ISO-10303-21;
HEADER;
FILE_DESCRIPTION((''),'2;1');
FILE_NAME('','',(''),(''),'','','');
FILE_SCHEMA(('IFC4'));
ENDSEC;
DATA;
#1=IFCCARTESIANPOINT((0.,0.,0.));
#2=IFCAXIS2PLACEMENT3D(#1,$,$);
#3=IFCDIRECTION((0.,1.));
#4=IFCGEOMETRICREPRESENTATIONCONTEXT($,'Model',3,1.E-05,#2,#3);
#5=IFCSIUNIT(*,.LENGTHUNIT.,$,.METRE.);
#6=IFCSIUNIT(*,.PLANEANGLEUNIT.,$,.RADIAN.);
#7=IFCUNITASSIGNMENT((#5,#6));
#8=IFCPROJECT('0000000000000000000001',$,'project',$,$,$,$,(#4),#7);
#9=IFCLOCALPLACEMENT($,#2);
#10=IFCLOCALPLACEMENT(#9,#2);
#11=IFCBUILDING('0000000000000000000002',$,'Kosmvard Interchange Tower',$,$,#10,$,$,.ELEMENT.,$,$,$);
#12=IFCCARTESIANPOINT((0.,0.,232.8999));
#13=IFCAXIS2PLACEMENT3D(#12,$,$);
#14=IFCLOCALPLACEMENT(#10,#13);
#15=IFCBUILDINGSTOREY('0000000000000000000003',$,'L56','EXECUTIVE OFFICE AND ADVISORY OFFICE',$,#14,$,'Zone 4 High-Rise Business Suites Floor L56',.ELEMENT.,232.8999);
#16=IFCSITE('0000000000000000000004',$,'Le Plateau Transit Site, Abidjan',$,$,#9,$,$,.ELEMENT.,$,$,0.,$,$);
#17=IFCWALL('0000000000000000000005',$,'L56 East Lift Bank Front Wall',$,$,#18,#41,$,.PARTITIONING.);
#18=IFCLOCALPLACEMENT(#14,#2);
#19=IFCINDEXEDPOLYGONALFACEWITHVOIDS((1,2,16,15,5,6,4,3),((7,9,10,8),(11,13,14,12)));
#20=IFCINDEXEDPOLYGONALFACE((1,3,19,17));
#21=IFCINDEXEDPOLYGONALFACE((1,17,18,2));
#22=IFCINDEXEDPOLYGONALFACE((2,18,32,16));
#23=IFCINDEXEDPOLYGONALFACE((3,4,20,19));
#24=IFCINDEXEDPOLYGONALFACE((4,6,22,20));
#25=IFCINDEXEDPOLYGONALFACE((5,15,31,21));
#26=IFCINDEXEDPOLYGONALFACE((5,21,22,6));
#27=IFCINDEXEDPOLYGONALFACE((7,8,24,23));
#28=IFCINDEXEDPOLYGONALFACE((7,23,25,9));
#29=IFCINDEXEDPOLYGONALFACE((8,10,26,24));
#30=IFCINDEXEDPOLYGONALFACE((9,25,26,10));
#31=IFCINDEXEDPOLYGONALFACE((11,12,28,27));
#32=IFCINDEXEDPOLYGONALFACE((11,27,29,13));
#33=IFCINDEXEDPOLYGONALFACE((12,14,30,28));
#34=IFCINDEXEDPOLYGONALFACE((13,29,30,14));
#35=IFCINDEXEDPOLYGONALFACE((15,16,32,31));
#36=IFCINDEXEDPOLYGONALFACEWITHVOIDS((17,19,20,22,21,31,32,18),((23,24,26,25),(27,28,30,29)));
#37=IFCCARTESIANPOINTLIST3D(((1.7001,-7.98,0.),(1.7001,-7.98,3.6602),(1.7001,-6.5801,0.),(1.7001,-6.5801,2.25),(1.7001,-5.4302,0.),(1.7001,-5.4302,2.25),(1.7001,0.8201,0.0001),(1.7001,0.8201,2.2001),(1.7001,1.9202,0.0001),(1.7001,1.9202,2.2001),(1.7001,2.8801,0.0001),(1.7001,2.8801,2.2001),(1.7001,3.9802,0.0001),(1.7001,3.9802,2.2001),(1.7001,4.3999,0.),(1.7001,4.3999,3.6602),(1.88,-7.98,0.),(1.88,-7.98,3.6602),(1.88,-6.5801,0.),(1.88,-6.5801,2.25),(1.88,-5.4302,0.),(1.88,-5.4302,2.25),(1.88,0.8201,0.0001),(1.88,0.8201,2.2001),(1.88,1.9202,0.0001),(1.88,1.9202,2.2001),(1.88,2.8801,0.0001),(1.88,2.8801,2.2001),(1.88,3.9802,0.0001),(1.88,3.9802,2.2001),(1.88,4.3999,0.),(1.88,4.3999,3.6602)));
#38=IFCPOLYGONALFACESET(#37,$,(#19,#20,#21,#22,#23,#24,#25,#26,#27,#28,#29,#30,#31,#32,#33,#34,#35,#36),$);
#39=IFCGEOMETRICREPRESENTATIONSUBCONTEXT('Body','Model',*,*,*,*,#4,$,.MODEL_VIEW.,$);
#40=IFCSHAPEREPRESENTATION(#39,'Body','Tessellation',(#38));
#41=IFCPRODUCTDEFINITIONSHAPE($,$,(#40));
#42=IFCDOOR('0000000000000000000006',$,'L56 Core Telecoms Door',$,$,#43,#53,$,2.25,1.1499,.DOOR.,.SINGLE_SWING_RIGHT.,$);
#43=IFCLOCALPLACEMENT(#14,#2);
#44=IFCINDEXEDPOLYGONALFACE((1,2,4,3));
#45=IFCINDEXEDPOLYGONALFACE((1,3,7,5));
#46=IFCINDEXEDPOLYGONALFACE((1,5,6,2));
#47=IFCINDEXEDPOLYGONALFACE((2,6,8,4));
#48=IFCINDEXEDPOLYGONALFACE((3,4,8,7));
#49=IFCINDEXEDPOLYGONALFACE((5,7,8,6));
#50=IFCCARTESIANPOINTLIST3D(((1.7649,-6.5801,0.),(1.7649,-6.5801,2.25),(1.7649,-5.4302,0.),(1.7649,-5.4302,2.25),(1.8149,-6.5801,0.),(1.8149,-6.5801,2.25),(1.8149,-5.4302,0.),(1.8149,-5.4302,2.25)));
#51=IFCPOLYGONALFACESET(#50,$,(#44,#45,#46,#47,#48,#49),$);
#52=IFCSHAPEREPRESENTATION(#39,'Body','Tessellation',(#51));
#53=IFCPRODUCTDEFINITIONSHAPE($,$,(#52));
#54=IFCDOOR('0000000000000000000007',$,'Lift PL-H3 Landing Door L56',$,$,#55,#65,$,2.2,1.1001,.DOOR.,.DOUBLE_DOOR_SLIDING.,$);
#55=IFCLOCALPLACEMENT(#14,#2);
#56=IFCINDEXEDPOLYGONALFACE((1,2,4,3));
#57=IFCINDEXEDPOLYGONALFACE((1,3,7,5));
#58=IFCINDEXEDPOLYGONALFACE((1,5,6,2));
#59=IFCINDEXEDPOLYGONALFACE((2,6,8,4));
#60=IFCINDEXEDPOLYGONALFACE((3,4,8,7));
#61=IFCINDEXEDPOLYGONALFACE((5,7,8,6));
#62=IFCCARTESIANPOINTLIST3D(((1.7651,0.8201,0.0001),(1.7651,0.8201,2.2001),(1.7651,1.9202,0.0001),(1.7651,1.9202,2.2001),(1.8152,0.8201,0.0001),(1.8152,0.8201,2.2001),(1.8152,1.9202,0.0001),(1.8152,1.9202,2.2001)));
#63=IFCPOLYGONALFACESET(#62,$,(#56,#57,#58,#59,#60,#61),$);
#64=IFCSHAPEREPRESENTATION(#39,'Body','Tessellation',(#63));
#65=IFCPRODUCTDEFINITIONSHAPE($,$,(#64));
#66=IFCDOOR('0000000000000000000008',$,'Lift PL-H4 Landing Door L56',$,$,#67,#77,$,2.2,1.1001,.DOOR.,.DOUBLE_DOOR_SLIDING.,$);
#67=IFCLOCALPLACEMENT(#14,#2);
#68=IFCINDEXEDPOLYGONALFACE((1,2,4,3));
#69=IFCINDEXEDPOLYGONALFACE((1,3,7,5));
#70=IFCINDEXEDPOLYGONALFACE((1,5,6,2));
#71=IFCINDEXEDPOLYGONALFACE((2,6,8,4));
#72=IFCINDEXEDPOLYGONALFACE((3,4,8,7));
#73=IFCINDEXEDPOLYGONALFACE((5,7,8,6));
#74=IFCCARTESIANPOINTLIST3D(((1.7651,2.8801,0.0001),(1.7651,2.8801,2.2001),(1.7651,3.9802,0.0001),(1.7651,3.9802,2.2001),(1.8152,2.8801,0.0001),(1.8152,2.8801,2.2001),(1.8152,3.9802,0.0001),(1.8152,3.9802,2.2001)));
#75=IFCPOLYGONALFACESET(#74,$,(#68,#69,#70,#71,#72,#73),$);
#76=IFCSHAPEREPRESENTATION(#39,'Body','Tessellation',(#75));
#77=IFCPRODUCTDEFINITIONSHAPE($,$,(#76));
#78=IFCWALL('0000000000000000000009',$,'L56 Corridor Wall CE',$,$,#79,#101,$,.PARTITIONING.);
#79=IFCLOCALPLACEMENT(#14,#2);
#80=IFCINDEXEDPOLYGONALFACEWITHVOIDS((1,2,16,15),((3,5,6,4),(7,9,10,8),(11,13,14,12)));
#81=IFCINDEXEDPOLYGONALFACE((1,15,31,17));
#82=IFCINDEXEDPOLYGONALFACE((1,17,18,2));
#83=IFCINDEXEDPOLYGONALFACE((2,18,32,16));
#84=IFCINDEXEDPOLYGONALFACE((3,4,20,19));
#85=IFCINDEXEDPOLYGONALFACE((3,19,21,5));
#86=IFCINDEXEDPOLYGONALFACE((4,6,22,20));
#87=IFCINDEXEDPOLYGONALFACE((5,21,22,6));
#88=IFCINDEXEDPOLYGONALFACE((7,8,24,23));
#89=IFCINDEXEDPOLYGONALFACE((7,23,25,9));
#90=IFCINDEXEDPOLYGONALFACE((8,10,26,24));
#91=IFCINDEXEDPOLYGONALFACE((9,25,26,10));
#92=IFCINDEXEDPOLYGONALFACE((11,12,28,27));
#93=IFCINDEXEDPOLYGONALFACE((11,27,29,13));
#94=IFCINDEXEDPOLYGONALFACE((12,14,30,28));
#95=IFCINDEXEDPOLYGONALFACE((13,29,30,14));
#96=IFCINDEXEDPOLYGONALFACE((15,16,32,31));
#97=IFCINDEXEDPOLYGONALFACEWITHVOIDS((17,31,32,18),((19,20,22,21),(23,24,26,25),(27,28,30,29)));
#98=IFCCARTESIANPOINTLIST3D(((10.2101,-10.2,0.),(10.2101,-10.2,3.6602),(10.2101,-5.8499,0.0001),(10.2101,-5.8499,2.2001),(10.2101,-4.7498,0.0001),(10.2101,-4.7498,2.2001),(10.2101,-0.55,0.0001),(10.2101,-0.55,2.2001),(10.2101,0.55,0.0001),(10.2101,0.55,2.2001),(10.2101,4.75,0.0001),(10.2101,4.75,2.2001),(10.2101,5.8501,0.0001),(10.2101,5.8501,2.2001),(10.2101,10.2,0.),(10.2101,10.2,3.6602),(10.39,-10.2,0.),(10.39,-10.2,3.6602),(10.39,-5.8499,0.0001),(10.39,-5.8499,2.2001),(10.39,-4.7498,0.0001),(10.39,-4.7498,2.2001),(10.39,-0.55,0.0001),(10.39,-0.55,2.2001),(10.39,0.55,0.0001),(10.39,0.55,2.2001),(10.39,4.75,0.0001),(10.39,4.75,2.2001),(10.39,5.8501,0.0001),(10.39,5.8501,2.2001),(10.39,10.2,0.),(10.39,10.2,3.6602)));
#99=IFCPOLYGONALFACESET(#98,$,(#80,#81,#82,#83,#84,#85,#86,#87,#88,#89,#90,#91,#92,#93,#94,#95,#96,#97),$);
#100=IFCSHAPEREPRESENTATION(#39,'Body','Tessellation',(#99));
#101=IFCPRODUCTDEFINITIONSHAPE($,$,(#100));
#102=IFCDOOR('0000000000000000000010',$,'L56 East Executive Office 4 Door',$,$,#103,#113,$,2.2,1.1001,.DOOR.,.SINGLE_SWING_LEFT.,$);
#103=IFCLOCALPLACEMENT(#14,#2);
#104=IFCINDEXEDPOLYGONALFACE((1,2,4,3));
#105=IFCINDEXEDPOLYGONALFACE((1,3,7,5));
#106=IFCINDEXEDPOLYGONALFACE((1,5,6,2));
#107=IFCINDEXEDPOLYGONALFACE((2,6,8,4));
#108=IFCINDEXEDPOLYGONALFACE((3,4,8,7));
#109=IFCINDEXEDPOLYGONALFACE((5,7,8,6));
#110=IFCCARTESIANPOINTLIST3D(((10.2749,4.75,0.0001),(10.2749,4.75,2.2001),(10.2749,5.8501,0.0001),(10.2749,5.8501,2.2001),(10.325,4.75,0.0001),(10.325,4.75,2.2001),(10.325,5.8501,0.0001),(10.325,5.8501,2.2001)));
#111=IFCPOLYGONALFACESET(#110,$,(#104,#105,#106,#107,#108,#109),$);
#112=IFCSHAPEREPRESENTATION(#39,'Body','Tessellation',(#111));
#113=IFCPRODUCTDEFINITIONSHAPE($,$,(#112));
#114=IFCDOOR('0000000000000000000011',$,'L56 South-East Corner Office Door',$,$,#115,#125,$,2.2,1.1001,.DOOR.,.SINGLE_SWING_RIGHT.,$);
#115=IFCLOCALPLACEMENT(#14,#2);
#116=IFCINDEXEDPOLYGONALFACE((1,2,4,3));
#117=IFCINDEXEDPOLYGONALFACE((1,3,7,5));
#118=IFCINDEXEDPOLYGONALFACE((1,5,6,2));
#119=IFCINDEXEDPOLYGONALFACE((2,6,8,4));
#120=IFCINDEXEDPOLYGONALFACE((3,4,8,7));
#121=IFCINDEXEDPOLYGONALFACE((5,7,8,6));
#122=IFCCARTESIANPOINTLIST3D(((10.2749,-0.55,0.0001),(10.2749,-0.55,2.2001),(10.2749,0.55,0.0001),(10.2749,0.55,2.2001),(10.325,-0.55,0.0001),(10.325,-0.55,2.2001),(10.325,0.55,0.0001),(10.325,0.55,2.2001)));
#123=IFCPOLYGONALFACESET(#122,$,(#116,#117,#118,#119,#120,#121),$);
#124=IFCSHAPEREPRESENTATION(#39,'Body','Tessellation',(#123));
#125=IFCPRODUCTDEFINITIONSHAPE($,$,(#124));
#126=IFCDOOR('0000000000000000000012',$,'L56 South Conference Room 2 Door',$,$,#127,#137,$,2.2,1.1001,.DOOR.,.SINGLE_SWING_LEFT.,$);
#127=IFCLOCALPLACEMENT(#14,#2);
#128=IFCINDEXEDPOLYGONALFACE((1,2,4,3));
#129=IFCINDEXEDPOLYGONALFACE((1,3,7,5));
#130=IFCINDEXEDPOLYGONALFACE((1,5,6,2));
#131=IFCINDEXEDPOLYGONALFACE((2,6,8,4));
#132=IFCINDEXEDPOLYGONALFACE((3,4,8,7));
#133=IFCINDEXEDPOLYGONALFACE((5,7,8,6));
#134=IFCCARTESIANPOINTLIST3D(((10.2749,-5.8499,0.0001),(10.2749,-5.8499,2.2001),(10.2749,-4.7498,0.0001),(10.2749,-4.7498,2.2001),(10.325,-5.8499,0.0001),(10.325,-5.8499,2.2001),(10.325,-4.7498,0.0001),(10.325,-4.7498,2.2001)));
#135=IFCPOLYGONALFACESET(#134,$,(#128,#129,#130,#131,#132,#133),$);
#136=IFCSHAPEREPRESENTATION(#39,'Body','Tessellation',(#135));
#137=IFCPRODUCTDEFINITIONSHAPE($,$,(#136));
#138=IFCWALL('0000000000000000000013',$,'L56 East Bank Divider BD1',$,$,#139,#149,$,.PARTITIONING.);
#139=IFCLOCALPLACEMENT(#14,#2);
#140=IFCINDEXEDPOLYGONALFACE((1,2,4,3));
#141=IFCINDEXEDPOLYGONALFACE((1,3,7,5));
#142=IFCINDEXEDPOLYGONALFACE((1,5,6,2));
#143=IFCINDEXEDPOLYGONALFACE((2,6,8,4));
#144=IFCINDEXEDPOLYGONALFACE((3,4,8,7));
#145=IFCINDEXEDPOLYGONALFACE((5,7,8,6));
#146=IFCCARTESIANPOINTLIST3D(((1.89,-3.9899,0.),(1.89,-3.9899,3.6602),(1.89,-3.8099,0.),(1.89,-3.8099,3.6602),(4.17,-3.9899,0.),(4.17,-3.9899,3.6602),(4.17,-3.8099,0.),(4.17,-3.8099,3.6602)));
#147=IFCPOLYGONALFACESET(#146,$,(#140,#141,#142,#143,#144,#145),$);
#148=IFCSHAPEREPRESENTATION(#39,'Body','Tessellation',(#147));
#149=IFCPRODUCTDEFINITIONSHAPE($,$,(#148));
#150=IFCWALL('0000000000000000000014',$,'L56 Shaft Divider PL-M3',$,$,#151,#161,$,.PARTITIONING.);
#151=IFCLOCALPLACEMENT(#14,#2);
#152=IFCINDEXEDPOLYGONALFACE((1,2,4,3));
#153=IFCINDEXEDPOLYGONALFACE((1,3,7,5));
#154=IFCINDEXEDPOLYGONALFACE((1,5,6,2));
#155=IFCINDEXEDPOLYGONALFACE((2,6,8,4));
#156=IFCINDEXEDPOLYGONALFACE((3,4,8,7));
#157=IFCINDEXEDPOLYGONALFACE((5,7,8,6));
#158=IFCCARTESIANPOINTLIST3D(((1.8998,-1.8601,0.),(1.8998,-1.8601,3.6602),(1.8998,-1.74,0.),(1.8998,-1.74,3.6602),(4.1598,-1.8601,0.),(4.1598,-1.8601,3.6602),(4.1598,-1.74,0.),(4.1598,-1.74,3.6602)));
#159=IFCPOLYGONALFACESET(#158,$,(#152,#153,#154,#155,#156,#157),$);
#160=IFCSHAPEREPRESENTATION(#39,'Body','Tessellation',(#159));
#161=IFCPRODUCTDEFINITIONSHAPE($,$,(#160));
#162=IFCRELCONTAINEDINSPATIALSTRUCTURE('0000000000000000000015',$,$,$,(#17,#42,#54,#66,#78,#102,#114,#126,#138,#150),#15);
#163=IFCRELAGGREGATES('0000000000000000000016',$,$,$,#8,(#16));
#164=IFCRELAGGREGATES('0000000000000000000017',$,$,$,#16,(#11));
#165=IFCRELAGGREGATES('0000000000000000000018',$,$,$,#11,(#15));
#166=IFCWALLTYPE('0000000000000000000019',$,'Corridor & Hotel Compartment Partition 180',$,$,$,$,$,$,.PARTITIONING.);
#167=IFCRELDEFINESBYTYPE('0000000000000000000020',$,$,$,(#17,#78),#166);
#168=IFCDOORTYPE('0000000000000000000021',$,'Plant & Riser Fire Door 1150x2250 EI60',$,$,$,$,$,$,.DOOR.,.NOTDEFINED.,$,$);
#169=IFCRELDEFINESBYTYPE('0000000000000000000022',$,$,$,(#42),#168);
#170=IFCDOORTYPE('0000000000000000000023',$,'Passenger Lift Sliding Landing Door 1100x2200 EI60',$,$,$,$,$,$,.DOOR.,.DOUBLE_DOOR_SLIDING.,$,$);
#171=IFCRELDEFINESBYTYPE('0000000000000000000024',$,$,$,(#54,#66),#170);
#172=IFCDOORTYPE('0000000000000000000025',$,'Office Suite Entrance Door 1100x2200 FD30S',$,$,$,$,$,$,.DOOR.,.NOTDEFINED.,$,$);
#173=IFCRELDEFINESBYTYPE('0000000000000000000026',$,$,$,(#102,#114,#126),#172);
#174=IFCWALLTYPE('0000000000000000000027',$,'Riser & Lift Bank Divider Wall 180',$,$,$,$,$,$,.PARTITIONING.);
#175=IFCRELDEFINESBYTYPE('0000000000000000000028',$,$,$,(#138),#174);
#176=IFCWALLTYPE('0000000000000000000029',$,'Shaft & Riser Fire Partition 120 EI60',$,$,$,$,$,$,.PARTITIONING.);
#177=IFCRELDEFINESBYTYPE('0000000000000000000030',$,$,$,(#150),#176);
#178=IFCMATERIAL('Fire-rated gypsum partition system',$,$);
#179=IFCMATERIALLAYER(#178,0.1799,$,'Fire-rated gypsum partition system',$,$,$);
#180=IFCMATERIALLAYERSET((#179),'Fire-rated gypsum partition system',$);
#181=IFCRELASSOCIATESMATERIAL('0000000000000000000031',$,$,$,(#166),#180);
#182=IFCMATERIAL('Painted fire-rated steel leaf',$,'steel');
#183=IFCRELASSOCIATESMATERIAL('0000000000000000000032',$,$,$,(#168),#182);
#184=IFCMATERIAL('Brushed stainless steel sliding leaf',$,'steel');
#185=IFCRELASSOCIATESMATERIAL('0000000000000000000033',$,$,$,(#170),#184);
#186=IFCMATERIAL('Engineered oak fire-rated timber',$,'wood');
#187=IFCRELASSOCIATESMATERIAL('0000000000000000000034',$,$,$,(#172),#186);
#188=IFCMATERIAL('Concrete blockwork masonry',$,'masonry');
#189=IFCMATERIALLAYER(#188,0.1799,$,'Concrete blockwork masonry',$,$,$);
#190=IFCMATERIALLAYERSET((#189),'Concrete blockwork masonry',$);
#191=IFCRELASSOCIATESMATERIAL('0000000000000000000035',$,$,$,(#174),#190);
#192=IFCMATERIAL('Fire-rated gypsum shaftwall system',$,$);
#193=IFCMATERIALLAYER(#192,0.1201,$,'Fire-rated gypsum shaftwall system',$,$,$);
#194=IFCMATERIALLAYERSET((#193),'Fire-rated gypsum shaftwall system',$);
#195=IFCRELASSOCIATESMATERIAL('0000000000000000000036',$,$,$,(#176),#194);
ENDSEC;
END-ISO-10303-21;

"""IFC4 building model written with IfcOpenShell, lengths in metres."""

from ifc_helpers import new_model, si_unit, direction, frame, frame_2d, origin, place, context, subcontext, project, spatial, rectangle, extrude, source, transform, mapped, material, layer, layer_set, type_object, element, fill, save


model = new_model("IFC4")

# Units and contexts
model_context = context("Model", 3, precision=1e-05, world=origin(), true_north=direction((0.0, 1.0)))
body_context = subcontext(model_context, "Body", "Model", "MODEL_VIEW")
ifc_project = project(units=[si_unit("LENGTHUNIT", "METRE"), si_unit("PLANEANGLEUNIT", "RADIAN")], contexts=[model_context])

# Site, building, storey
site_placement = place(None, origin())
site = spatial("IfcSite", under=ifc_project, at=site_placement, Name="Le Plateau Transit Site, Abidjan", CompositionType="ELEMENT", RefElevation=0.0)
building_placement = place(site_placement, origin())
building = spatial("IfcBuilding", under=site, at=building_placement, Name="Kosmvard Interchange Tower", CompositionType="ELEMENT")
storey_placement = place(building_placement, frame((0.0, 0.0, 232.8999)))
storey = spatial("IfcBuildingStorey", under=building, at=storey_placement, Name="L56", Description="EXECUTIVE OFFICE AND ADVISORY OFFICE", LongName="Zone 4 High-Rise Business Suites Floor L56", CompositionType="ELEMENT", Elevation=232.8999)

# Walls, openings, doors
ifc_material_1 = material(Name="Fire-rated gypsum partition system")
ifc_layer_1 = layer(ifc_material_1, 0.1799, Name="Fire-rated gypsum partition system")
ifc_layer_set_1 = layer_set([ifc_layer_1], Name="Fire-rated gypsum partition system")
wall_type_1 = type_object("IfcWallType", Name="Corridor & Hotel Compartment Partition 180", PredefinedType="PARTITIONING", material=ifc_layer_set_1)
wall_1_placement = place(storey_placement, frame((1.79, -7.98, 0.0), z_axis=(0.0, 0.0, 1.0), x_axis=(0.0, 1.0, 0.0)))
wall_1 = element("IfcWall", 1, at=wall_1_placement, inside=storey, type_object=wall_type_1, Name="L56 East Lift Bank Front Wall", PredefinedType="PARTITIONING", context=body_context, shape_type="SweptSolid", body=[
    extrude(rectangle(XDim=12.3799, YDim=0.1799, at=frame_2d((6.1899, 0.0))), origin(), (0.0, 0.0, 1.0), 3.6602),
])
opening_1_placement = place(wall_1_placement, frame((8.8, 0.0, 0.0)))
opening_1 = element("IfcOpeningElement", 2, at=opening_1_placement, cuts=wall_1, PredefinedType="OPENING", context=body_context, shape_type="SweptSolid", body=[
    extrude(rectangle(XDim=1.1001, YDim=2.2, at=frame_2d((0.55, 1.1001))), frame((0.0, 0.1001, 0.0), z_axis=(0.0, -1.0, 0.0), x_axis=(1.0, 0.0, 0.0)), (0.0, 0.0, 1.0), 0.2),
])
opening_2_placement = place(wall_1_placement, frame((10.8601, 0.0, 0.0)))
opening_2 = element("IfcOpeningElement", 3, at=opening_2_placement, cuts=wall_1, PredefinedType="OPENING", context=body_context, shape_type="SweptSolid", body=[
    extrude(rectangle(XDim=1.1001, YDim=2.2, at=frame_2d((0.55, 1.1001))), frame((0.0, 0.1001, 0.0), z_axis=(0.0, -1.0, 0.0), x_axis=(1.0, 0.0, 0.0)), (0.0, 0.0, 1.0), 0.2),
])
opening_3_placement = place(wall_1_placement, frame((1.3999, 0.0, 0.0)))
opening_3 = element("IfcOpeningElement", 4, at=opening_3_placement, cuts=wall_1, PredefinedType="OPENING", context=body_context, shape_type="SweptSolid", body=[
    extrude(rectangle(XDim=1.1499, YDim=2.25, at=frame_2d((0.575, 1.125))), frame((0.0, 0.1001, 0.0), z_axis=(0.0, -1.0, 0.0), x_axis=(1.0, 0.0, 0.0)), (0.0, 0.0, 1.0), 0.2),
])
ifc_material_2 = material(Name="Painted fire-rated steel leaf", Category="steel")
door_type_1 = type_object("IfcDoorType", Name="Plant & Riser Fire Door 1150x2250 EI60", OperationType="NOTDEFINED", PredefinedType="DOOR", material=ifc_material_2)
shared_shape_1 = source(origin(), body_context, "Body", "SweptSolid", [
    extrude(rectangle(XDim=1.1499, YDim=2.25, at=frame_2d((0.575, 1.125))), frame((0.0, 0.0249, 0.0), z_axis=(0.0, -1.0, 0.0), x_axis=(1.0, 0.0, 0.0)), (0.0, 0.0, 1.0), 0.05),
])
door_1_placement = place(opening_3_placement, frame((1.1499, 0.0, 0.0), z_axis=(0.0, 0.0, 1.0), x_axis=(-1.0, 0.0, 0.0)))
door_1 = element("IfcDoor", 5, at=door_1_placement, inside=storey, type_object=door_type_1, Name="L56 Core Telecoms Door", OperationType="SINGLE_SWING_RIGHT", OverallHeight=2.25, OverallWidth=1.1499, PredefinedType="DOOR", context=body_context, shape_type="MappedRepresentation", body=[
    mapped(shared_shape_1, transform((0.0, 0.0, 0.0), scale=1.0)),
])
fill(opening_3, door_1)
ifc_material_3 = material(Name="Brushed stainless steel sliding leaf", Category="steel")
door_type_2 = type_object("IfcDoorType", Name="Passenger Lift Sliding Landing Door 1100x2200 EI60", OperationType="DOUBLE_DOOR_SLIDING", PredefinedType="DOOR", material=ifc_material_3)
shared_shape_2 = source(origin(), body_context, "Body", "SweptSolid", [
    extrude(rectangle(XDim=1.1001, YDim=2.2, at=frame_2d((0.55, 1.1001))), frame((0.0, 0.0249, 0.0), z_axis=(0.0, -1.0, 0.0), x_axis=(1.0, 0.0, 0.0)), (0.0, 0.0, 1.0), 0.05),
])
door_2_placement = place(opening_1_placement, origin())
door_2 = element("IfcDoor", 6, at=door_2_placement, inside=storey, type_object=door_type_2, Name="Lift PL-H3 Landing Door L56", OperationType="DOUBLE_DOOR_SLIDING", OverallHeight=2.2, OverallWidth=1.1001, PredefinedType="DOOR", context=body_context, shape_type="MappedRepresentation", body=[
    mapped(shared_shape_2, transform((0.0, 0.0, 0.0), scale=1.0)),
])
fill(opening_1, door_2)
door_3_placement = place(opening_2_placement, origin())
door_3 = element("IfcDoor", 7, at=door_3_placement, inside=storey, type_object=door_type_2, Name="Lift PL-H4 Landing Door L56", OperationType="DOUBLE_DOOR_SLIDING", OverallHeight=2.2, OverallWidth=1.1001, PredefinedType="DOOR", context=body_context, shape_type="MappedRepresentation", body=[
    mapped(shared_shape_2, transform((0.0, 0.0, 0.0), scale=1.0)),
])
fill(opening_2, door_3)
wall_2_placement = place(storey_placement, frame((10.3, -10.2, 0.0), z_axis=(0.0, 0.0, 1.0), x_axis=(0.0, 1.0, 0.0)))
wall_2 = element("IfcWall", 8, at=wall_2_placement, inside=storey, type_object=wall_type_1, Name="L56 Corridor Wall CE", PredefinedType="PARTITIONING", context=body_context, shape_type="SweptSolid", body=[
    extrude(rectangle(XDim=20.3999, YDim=0.1799, at=frame_2d((10.2, 0.0))), origin(), (0.0, 0.0, 1.0), 3.6602),
])
opening_4_placement = place(wall_2_placement, frame((14.95, 0.0, 0.0)))
opening_4 = element("IfcOpeningElement", 9, at=opening_4_placement, cuts=wall_2, PredefinedType="OPENING", context=body_context, shape_type="SweptSolid", body=[
    extrude(rectangle(XDim=1.1001, YDim=2.2, at=frame_2d((0.55, 1.1001))), frame((0.0, 0.1001, 0.0), z_axis=(0.0, -1.0, 0.0), x_axis=(1.0, 0.0, 0.0)), (0.0, 0.0, 1.0), 0.2),
])
opening_5_placement = place(wall_2_placement, frame((9.6499, 0.0, 0.0)))
opening_5 = element("IfcOpeningElement", 10, at=opening_5_placement, cuts=wall_2, PredefinedType="OPENING", context=body_context, shape_type="SweptSolid", body=[
    extrude(rectangle(XDim=1.1001, YDim=2.2, at=frame_2d((0.55, 1.1001))), frame((0.0, 0.1001, 0.0), z_axis=(0.0, -1.0, 0.0), x_axis=(1.0, 0.0, 0.0)), (0.0, 0.0, 1.0), 0.2),
])
opening_6_placement = place(wall_2_placement, frame((4.3501, 0.0, 0.0)))
opening_6 = element("IfcOpeningElement", 11, at=opening_6_placement, cuts=wall_2, PredefinedType="OPENING", context=body_context, shape_type="SweptSolid", body=[
    extrude(rectangle(XDim=1.1001, YDim=2.2, at=frame_2d((0.55, 1.1001))), frame((0.0, 0.1001, 0.0), z_axis=(0.0, -1.0, 0.0), x_axis=(1.0, 0.0, 0.0)), (0.0, 0.0, 1.0), 0.2),
])
ifc_material_4 = material(Name="Engineered oak fire-rated timber", Category="wood")
door_type_3 = type_object("IfcDoorType", Name="Office Suite Entrance Door 1100x2200 FD30S", OperationType="NOTDEFINED", PredefinedType="DOOR", material=ifc_material_4)
door_4_placement = place(opening_4_placement, frame((1.1001, 0.0, 0.0), z_axis=(0.0, 0.0, 1.0), x_axis=(-1.0, 0.0, 0.0)))
door_4 = element("IfcDoor", 12, at=door_4_placement, inside=storey, type_object=door_type_3, Name="L56 East Executive Office 4 Door", OperationType="SINGLE_SWING_LEFT", OverallHeight=2.2, OverallWidth=1.1001, PredefinedType="DOOR", context=body_context, shape_type="MappedRepresentation", body=[
    mapped(shared_shape_2, transform((0.0, 0.0, 0.0), scale=1.0)),
])
fill(opening_4, door_4)
door_5_placement = place(opening_5_placement, frame((1.1001, 0.0, 0.0), z_axis=(0.0, 0.0, 1.0), x_axis=(-1.0, 0.0, 0.0)))
door_5 = element("IfcDoor", 13, at=door_5_placement, inside=storey, type_object=door_type_3, Name="L56 South-East Corner Office Door", OperationType="SINGLE_SWING_RIGHT", OverallHeight=2.2, OverallWidth=1.1001, PredefinedType="DOOR", context=body_context, shape_type="MappedRepresentation", body=[
    mapped(shared_shape_2, transform((0.0, 0.0, 0.0), scale=1.0)),
])
fill(opening_5, door_5)
door_6_placement = place(opening_6_placement, frame((1.1001, 0.0, 0.0), z_axis=(0.0, 0.0, 1.0), x_axis=(-1.0, 0.0, 0.0)))
door_6 = element("IfcDoor", 14, at=door_6_placement, inside=storey, type_object=door_type_3, Name="L56 South Conference Room 2 Door", OperationType="SINGLE_SWING_LEFT", OverallHeight=2.2, OverallWidth=1.1001, PredefinedType="DOOR", context=body_context, shape_type="MappedRepresentation", body=[
    mapped(shared_shape_2, transform((0.0, 0.0, 0.0), scale=1.0)),
])
fill(opening_6, door_6)

# Walls
ifc_material_5 = material(Name="Concrete blockwork masonry", Category="masonry")
ifc_layer_2 = layer(ifc_material_5, 0.1799, Name="Concrete blockwork masonry")
ifc_layer_set_2 = layer_set([ifc_layer_2], Name="Concrete blockwork masonry")
wall_type_2 = type_object("IfcWallType", Name="Riser & Lift Bank Divider Wall 180", PredefinedType="PARTITIONING", material=ifc_layer_set_2)
wall_3_placement = place(storey_placement, frame((1.8899, -3.8999, 0.0), z_axis=(0.0, 0.0, 1.0), x_axis=(1.0, 0.0, 0.0)))
element("IfcWall", 15, at=wall_3_placement, inside=storey, type_object=wall_type_2, Name="L56 East Bank Divider BD1", PredefinedType="PARTITIONING", context=body_context, shape_type="SweptSolid", body=[
    extrude(rectangle(XDim=2.28, YDim=0.1799, at=frame_2d((1.1401, 0.0))), origin(), (0.0, 0.0, 1.0), 3.6602),
])
ifc_material_6 = material(Name="Fire-rated gypsum shaftwall system")
ifc_layer_3 = layer(ifc_material_6, 0.1201, Name="Fire-rated gypsum shaftwall system")
ifc_layer_set_3 = layer_set([ifc_layer_3], Name="Fire-rated gypsum shaftwall system")
wall_type_3 = type_object("IfcWallType", Name="Shaft & Riser Fire Partition 120 EI60", PredefinedType="PARTITIONING", material=ifc_layer_set_3)
wall_4_placement = place(storey_placement, frame((1.8999, -1.8, 0.0), z_axis=(0.0, 0.0, 1.0), x_axis=(1.0, 0.0, 0.0)))
element("IfcWall", 16, at=wall_4_placement, inside=storey, type_object=wall_type_3, Name="L56 Shaft Divider PL-M3", PredefinedType="PARTITIONING", context=body_context, shape_type="SweptSolid", body=[
    extrude(rectangle(XDim=2.26, YDim=0.1201, at=frame_2d((1.1299, 0.0))), origin(), (0.0, 0.0, 1.0), 3.6602),
])

save(model, "model.ifc")
